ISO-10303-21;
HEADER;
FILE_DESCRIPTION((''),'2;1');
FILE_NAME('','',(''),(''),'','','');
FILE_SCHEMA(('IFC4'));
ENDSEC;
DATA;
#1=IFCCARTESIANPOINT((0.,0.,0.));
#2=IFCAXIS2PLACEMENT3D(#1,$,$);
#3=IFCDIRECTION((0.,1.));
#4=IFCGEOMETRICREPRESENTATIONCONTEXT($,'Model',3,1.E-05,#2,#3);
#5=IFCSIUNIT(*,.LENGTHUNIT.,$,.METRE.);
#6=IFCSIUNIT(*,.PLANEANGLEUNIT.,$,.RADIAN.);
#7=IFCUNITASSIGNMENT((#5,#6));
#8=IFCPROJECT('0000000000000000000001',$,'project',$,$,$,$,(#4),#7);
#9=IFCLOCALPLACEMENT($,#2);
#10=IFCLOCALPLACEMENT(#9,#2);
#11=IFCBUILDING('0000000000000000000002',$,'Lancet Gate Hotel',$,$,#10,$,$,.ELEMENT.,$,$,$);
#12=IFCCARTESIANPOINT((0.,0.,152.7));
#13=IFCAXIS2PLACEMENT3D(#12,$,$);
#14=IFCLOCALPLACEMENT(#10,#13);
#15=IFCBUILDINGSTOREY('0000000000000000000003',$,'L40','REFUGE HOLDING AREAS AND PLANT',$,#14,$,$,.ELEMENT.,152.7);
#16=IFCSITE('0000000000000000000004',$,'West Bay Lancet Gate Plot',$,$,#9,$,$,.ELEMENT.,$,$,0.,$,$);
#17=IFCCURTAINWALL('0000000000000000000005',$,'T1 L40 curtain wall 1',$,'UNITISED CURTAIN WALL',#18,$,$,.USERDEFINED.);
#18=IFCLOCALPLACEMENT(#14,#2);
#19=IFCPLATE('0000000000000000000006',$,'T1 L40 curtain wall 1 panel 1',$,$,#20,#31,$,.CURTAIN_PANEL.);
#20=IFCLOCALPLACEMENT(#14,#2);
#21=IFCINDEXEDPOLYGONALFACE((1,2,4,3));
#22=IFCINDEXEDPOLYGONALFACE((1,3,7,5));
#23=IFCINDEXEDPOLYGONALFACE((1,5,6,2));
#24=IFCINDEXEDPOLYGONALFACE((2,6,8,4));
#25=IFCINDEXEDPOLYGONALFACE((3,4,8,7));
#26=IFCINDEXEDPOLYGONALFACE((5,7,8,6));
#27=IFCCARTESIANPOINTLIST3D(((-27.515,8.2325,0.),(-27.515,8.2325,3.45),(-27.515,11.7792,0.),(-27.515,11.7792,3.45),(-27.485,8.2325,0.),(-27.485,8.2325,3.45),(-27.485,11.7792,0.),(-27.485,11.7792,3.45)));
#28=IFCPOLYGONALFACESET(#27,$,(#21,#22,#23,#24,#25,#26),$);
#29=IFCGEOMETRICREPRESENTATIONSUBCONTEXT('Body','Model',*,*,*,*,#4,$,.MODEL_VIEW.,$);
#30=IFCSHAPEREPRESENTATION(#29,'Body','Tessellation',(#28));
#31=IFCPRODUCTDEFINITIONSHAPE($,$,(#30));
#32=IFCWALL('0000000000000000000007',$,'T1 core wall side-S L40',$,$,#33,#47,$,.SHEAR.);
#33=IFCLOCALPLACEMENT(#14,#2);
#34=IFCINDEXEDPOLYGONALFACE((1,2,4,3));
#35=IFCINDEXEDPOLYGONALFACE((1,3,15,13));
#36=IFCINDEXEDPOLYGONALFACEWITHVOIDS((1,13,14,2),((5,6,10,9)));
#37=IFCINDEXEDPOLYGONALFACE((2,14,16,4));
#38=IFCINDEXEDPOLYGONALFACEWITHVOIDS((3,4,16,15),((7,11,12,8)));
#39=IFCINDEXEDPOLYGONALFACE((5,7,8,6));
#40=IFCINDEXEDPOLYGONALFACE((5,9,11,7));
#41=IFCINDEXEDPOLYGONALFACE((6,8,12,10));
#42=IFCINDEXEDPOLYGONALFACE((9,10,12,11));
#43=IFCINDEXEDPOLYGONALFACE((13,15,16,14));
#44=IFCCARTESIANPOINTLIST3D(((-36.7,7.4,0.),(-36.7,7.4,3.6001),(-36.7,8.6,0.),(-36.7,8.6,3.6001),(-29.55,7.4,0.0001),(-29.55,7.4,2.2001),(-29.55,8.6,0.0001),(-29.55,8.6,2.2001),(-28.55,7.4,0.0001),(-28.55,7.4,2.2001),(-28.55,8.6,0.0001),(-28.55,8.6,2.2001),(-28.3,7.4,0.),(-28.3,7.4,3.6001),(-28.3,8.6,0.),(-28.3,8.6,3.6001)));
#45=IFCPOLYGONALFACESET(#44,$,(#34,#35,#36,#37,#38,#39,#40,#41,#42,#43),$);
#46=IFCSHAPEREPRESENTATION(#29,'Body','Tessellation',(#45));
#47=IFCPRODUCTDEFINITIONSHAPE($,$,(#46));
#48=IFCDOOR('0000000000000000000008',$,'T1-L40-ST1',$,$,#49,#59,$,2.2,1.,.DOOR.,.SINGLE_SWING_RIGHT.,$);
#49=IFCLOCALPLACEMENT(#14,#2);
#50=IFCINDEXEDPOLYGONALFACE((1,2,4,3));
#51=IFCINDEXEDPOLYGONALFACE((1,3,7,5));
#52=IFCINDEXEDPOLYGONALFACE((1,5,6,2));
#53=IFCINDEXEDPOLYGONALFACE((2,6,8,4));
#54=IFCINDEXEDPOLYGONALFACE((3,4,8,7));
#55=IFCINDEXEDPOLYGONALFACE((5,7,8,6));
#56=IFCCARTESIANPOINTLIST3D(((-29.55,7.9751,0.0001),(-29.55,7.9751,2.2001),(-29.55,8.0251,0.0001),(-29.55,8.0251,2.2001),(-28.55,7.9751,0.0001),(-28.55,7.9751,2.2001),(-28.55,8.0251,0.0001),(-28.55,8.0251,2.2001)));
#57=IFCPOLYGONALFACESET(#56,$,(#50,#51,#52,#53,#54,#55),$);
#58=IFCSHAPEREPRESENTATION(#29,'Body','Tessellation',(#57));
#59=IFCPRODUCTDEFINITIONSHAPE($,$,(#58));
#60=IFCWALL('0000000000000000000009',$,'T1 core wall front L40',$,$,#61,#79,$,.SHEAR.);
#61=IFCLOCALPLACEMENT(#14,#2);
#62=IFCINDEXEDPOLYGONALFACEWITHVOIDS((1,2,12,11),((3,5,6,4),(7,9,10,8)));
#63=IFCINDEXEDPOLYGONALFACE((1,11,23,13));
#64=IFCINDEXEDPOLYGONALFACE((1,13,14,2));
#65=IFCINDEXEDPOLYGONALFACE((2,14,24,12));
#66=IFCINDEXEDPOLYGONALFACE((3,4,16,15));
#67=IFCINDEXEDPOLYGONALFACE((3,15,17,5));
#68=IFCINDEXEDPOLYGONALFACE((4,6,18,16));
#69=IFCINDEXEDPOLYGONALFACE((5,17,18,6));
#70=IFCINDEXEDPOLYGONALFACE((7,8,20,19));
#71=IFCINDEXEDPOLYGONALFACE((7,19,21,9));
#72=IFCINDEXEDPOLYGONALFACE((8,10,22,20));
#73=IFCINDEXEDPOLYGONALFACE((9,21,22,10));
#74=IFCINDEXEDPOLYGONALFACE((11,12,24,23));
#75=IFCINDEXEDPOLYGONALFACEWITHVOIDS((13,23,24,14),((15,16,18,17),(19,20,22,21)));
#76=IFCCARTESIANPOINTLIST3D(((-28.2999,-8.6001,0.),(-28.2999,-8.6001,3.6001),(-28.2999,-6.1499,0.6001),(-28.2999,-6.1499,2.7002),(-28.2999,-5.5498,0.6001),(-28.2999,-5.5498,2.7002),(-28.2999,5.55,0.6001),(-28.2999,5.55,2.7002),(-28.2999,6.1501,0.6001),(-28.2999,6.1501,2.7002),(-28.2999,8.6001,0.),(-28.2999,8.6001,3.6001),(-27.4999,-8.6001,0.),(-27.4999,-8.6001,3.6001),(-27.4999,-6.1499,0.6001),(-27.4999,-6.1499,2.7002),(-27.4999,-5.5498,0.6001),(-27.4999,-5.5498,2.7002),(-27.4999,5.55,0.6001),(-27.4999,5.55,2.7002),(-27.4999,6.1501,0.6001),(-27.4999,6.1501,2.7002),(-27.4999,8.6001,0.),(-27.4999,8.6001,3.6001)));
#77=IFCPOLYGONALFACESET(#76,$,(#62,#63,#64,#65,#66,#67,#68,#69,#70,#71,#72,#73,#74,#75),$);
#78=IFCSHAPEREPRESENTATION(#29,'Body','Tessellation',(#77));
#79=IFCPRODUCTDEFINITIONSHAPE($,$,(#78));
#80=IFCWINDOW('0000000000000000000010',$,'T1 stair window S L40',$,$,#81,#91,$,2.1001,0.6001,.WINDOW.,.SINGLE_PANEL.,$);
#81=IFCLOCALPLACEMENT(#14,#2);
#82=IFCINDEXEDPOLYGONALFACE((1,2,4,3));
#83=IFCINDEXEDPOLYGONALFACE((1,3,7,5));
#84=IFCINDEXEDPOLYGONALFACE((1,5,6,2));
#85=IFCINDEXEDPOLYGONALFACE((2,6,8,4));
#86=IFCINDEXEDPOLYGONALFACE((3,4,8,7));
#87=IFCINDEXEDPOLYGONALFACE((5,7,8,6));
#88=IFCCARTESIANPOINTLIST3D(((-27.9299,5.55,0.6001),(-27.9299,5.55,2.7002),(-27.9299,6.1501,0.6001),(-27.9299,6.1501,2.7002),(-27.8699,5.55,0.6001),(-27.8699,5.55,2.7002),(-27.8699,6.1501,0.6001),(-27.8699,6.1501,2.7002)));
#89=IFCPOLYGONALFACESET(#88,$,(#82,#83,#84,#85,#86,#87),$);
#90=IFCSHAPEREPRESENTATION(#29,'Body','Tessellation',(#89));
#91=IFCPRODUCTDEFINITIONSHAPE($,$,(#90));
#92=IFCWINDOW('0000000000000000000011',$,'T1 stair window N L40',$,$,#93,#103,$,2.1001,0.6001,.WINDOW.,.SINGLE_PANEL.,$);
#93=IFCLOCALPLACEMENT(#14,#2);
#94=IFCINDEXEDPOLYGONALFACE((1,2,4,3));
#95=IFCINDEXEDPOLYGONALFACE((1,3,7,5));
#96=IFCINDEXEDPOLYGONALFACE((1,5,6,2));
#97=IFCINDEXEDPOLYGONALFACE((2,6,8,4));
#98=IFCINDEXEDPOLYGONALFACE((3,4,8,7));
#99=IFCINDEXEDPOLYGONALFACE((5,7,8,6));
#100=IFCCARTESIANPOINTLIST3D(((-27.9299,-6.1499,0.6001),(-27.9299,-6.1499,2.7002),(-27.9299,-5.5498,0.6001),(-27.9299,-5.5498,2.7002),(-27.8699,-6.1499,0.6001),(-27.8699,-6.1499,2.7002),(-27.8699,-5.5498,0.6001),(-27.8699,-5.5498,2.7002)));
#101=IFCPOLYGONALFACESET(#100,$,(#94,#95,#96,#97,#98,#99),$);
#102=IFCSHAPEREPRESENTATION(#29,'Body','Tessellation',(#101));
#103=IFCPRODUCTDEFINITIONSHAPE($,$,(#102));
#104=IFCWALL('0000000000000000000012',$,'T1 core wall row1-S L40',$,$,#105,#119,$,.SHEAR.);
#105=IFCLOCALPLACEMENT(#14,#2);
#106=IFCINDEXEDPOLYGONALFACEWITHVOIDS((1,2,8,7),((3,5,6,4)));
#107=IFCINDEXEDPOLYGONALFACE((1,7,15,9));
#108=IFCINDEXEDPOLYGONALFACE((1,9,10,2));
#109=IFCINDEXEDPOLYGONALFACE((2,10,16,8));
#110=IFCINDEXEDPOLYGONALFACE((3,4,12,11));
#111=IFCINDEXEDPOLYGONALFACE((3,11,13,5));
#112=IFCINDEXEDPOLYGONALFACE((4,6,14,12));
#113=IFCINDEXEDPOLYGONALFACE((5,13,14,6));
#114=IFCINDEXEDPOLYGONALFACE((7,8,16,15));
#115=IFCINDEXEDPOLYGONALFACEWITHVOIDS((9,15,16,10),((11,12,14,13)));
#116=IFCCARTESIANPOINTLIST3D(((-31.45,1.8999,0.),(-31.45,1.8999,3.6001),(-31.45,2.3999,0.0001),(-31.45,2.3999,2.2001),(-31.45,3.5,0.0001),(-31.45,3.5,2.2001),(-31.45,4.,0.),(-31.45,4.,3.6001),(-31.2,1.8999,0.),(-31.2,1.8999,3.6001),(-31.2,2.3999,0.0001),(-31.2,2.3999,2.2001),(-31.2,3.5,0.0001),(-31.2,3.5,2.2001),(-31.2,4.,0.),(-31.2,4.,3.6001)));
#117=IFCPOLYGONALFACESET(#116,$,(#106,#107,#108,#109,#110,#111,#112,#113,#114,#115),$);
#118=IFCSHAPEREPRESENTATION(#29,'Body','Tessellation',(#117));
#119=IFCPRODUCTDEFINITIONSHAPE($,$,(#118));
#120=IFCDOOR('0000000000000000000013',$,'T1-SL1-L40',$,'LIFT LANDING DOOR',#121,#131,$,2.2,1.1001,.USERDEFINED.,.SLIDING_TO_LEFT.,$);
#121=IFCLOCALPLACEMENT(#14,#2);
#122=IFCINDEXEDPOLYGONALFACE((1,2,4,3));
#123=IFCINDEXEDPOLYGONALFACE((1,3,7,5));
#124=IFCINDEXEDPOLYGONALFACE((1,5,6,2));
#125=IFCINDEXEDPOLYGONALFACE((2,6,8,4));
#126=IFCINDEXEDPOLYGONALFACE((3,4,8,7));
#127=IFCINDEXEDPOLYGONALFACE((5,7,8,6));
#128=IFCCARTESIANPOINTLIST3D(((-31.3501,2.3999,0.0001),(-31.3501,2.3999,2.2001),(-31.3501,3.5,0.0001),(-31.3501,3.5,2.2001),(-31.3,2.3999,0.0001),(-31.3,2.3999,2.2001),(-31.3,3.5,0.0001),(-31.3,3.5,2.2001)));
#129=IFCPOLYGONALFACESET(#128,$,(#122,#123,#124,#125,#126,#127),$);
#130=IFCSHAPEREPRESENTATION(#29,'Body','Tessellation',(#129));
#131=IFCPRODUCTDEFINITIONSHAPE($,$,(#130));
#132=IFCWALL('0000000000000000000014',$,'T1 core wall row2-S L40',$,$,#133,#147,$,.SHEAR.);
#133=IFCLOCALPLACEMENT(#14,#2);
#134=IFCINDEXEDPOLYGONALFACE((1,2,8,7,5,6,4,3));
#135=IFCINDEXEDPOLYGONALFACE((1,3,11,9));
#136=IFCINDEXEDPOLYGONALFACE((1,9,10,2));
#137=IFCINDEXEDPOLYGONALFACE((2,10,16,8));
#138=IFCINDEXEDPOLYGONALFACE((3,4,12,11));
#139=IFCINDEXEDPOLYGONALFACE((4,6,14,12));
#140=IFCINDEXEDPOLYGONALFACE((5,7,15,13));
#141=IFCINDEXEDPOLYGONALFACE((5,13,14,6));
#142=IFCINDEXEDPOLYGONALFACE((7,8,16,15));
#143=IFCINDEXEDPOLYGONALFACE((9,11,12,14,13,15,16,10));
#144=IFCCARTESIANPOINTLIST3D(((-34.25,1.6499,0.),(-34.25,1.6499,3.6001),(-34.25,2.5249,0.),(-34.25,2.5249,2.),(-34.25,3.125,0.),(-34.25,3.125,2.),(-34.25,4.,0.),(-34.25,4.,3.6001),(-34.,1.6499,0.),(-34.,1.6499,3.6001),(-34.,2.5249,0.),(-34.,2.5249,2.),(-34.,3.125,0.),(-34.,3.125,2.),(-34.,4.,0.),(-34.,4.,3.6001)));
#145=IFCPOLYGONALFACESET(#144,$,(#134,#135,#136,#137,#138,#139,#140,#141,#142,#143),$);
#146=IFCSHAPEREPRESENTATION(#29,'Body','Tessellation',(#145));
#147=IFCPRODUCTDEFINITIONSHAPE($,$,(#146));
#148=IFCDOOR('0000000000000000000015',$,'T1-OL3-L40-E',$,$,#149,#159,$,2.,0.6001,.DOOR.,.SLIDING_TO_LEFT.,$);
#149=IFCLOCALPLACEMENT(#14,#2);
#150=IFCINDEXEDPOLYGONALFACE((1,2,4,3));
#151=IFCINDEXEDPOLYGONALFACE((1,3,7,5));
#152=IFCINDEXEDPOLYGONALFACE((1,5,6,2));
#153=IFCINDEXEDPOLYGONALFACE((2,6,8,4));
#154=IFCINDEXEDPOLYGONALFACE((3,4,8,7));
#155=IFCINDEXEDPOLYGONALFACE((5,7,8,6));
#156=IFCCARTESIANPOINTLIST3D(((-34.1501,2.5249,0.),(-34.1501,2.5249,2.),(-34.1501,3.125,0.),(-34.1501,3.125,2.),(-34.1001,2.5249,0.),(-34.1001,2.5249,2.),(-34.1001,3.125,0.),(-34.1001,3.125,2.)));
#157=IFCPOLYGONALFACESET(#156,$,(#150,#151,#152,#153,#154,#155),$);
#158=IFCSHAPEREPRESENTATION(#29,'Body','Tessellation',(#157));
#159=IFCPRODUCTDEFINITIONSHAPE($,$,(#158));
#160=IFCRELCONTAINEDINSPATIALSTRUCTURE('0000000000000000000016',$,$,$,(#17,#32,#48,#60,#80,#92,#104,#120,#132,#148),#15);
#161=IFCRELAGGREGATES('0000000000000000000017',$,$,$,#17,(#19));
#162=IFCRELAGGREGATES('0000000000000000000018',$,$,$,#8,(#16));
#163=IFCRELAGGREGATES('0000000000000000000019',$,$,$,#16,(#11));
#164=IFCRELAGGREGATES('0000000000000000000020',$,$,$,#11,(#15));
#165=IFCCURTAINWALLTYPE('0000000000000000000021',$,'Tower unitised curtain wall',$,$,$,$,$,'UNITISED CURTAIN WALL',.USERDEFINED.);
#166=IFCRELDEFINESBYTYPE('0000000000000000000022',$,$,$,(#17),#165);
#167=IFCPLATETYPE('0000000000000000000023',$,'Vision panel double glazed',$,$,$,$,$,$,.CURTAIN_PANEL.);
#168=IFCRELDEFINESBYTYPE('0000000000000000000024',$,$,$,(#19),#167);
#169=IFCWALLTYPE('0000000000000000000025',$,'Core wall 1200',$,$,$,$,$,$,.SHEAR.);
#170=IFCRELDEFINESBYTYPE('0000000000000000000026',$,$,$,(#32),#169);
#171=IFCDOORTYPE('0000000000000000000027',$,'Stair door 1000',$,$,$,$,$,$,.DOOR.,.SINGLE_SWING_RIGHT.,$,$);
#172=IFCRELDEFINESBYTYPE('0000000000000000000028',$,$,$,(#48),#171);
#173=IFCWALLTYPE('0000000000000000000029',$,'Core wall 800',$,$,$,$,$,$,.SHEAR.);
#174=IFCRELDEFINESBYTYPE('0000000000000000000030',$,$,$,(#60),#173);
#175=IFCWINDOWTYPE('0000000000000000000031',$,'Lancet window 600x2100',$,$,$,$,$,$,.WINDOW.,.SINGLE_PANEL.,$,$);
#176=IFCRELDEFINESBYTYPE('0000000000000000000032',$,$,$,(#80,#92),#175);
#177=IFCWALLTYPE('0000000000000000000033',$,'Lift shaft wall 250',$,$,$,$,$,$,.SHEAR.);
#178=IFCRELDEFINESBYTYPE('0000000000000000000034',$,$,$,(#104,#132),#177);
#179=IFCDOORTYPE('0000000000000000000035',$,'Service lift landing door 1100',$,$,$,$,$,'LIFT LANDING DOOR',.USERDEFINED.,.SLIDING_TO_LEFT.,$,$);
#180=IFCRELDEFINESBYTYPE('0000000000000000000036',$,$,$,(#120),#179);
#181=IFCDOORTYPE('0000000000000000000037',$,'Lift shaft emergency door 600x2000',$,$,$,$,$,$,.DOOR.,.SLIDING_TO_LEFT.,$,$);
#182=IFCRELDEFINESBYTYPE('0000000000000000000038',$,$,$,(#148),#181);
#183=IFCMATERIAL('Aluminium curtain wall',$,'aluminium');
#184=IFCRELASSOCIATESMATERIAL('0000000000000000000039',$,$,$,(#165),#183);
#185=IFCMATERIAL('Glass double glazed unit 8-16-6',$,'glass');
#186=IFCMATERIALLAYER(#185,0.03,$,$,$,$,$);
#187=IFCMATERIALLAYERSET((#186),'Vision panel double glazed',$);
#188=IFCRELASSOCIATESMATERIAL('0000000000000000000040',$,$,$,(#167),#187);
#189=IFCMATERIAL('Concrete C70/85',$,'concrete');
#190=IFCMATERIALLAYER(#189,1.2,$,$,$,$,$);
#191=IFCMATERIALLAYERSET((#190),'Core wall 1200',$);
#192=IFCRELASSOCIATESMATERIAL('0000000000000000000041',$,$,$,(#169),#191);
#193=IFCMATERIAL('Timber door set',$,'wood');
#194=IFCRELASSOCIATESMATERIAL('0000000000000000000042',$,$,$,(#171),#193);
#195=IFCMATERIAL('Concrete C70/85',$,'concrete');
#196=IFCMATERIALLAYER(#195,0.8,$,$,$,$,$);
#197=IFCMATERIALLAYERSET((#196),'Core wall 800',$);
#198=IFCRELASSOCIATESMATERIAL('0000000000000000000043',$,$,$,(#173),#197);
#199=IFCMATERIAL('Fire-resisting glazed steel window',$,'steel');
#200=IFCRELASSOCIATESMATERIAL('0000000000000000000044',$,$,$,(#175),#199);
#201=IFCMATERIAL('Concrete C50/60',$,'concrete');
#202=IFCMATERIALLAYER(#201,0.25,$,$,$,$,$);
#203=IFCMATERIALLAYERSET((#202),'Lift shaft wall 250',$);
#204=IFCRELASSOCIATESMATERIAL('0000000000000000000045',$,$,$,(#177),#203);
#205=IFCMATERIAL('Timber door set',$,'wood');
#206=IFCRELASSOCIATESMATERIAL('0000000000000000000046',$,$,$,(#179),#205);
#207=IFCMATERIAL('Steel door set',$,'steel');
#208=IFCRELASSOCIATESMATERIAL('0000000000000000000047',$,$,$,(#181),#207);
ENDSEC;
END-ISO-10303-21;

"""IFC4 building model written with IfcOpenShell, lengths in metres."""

from ifc_helpers import new_model, si_unit, direction, frame, frame_2d, origin, origin_2d, place, context, subcontext, project, spatial, rectangle, extrude, material, layer, layer_set, type_object, element, fill, aggregate, save


model = new_model("IFC4")

# Units and contexts
model_context = context("Model", 3, precision=1e-05, world=origin(), true_north=direction((0.0, 1.0)))
body_context = subcontext(model_context, "Body", "Model", "MODEL_VIEW")
ifc_project = project(units=[si_unit("LENGTHUNIT", "METRE"), si_unit("PLANEANGLEUNIT", "RADIAN")], contexts=[model_context])

# Site, building, storey
site_placement = place(None, origin())
site = spatial("IfcSite", under=ifc_project, at=site_placement, Name="West Bay Lancet Gate Plot", CompositionType="ELEMENT", RefElevation=0.0)
building_placement = place(site_placement, origin())
building = spatial("IfcBuilding", under=site, at=building_placement, Name="Lancet Gate Hotel", CompositionType="ELEMENT")
storey_placement = place(building_placement, frame((0.0, 0.0, 152.7)))
storey = spatial("IfcBuildingStorey", under=building, at=storey_placement, Name="L40", Description="REFUGE HOLDING AREAS AND PLANT", CompositionType="ELEMENT", Elevation=152.7)

# Curtain wall
ifc_material_1 = material(Name="Aluminium curtain wall", Category="aluminium")
curtain_wall_type = type_object("IfcCurtainWallType", Name="Tower unitised curtain wall", ElementType="UNITISED CURTAIN WALL", PredefinedType="USERDEFINED", material=ifc_material_1)
curtain_wall_placement = place(storey_placement, origin())
curtain_wall = element("IfcCurtainWall", 1, at=curtain_wall_placement, inside=storey, type_object=curtain_wall_type, Name="T1 L40 curtain wall 1", ObjectType="UNITISED CURTAIN WALL", PredefinedType="USERDEFINED")

# Plate
ifc_material_2 = material(Name="Glass double glazed unit 8-16-6", Category="glass")
ifc_layer_1 = layer(ifc_material_2, 0.03)
ifc_layer_set_1 = layer_set([ifc_layer_1], Name="Vision panel double glazed")
plate_type = type_object("IfcPlateType", Name="Vision panel double glazed", PredefinedType="CURTAIN_PANEL", material=ifc_layer_set_1)
plate_placement = place(storey_placement, frame((-27.5, 10.0059, 0.0), z_axis=(0.0, 0.0, 1.0), x_axis=(0.0, 1.0, 0.0)))
plate = element("IfcPlate", 2, at=plate_placement, type_object=plate_type, Name="T1 L40 curtain wall 1 panel 1", PredefinedType="CURTAIN_PANEL", context=body_context, shape_type="SweptSolid", body=[
    extrude(rectangle(XDim=3.5466, YDim=0.03, at=origin_2d()), origin(), (0.0, 0.0, 1.0), 3.45),
])
aggregate(curtain_wall, [plate])

# Wall, opening, door
ifc_material_3 = material(Name="Concrete C70/85", Category="concrete")
ifc_layer_2 = layer(ifc_material_3, 1.2)
ifc_layer_set_2 = layer_set([ifc_layer_2], Name="Core wall 1200")
wall_type_1 = type_object("IfcWallType", Name="Core wall 1200", PredefinedType="SHEAR", material=ifc_layer_set_2)
wall_1_placement = place(storey_placement, frame((-28.3, 8.0, 0.0), z_axis=(0.0, 0.0, 1.0), x_axis=(-1.0, 0.0, 0.0)))
wall_1 = element("IfcWall", 3, at=wall_1_placement, inside=storey, type_object=wall_type_1, Name="T1 core wall side-S L40", PredefinedType="SHEAR", context=body_context, shape_type="SweptSolid", body=[
    extrude(rectangle(XDim=8.3999, YDim=1.2, at=frame_2d((4.2, 0.0))), origin(), (0.0, 0.0, 1.0), 3.6001),
])
opening_1_placement = place(wall_1_placement, frame((0.25, 0.0, 0.0)))
opening_1 = element("IfcOpeningElement", 4, at=opening_1_placement, cuts=wall_1, PredefinedType="OPENING", context=body_context, shape_type="SweptSolid", body=[
    extrude(rectangle(XDim=1.0, YDim=2.2, at=frame_2d((0.5, 1.1001))), frame((0.0, 0.6099, 0.0), z_axis=(0.0, -1.0, 0.0), x_axis=(1.0, 0.0, 0.0)), (0.0, 0.0, 1.0), 1.22),
])
ifc_material_4 = material(Name="Timber door set", Category="wood")
door_type_1 = type_object("IfcDoorType", Name="Stair door 1000", OperationType="SINGLE_SWING_RIGHT", PredefinedType="DOOR", material=ifc_material_4)
door_1_placement = place(opening_1_placement, origin())
door_1 = element("IfcDoor", 5, at=door_1_placement, inside=storey, type_object=door_type_1, Name="T1-L40-ST1", OperationType="SINGLE_SWING_RIGHT", OverallHeight=2.2, OverallWidth=1.0, PredefinedType="DOOR", context=body_context, shape_type="SweptSolid", body=[
    extrude(rectangle(XDim=1.0, YDim=2.2, at=frame_2d((0.5, 1.1001))), frame((0.0, 0.0249, 0.0), z_axis=(0.0, -1.0, 0.0), x_axis=(1.0, 0.0, 0.0)), (0.0, 0.0, 1.0), 0.05),
])
fill(opening_1, door_1)

# Wall, openings, windows
ifc_material_5 = material(Name="Concrete C70/85", Category="concrete")
ifc_layer_3 = layer(ifc_material_5, 0.8)
ifc_layer_set_3 = layer_set([ifc_layer_3], Name="Core wall 800")
wall_type_2 = type_object("IfcWallType", Name="Core wall 800", PredefinedType="SHEAR", material=ifc_layer_set_3)
wall_2_placement = place(storey_placement, frame((-27.8999, 8.6001, 0.0), z_axis=(0.0, 0.0, 1.0), x_axis=(0.0, -1.0, 0.0)))
wall_2 = element("IfcWall", 6, at=wall_2_placement, inside=storey, type_object=wall_type_2, Name="T1 core wall front L40", PredefinedType="SHEAR", context=body_context, shape_type="SweptSolid", body=[
    extrude(rectangle(XDim=17.2002, YDim=0.8, at=frame_2d((8.6001, 0.0))), origin(), (0.0, 0.0, 1.0), 3.6001),
])
opening_2_placement = place(wall_2_placement, frame((2.45, 0.0, 0.6001)))
opening_2 = element("IfcOpeningElement", 7, at=opening_2_placement, cuts=wall_2, PredefinedType="OPENING", context=body_context, shape_type="SweptSolid", body=[
    extrude(rectangle(XDim=0.6001, YDim=2.1001, at=frame_2d((0.3, 1.05))), frame((0.0, 0.4099, 0.0), z_axis=(0.0, -1.0, 0.0), x_axis=(1.0, 0.0, 0.0)), (0.0, 0.0, 1.0), 0.8201),
])
opening_3_placement = place(wall_2_placement, frame((14.1499, 0.0, 0.6001)))
opening_3 = element("IfcOpeningElement", 8, at=opening_3_placement, cuts=wall_2, PredefinedType="OPENING", context=body_context, shape_type="SweptSolid", body=[
    extrude(rectangle(XDim=0.6001, YDim=2.1001, at=frame_2d((0.3, 1.05))), frame((0.0, 0.4099, 0.0), z_axis=(0.0, -1.0, 0.0), x_axis=(1.0, 0.0, 0.0)), (0.0, 0.0, 1.0), 0.8201),
])
ifc_material_6 = material(Name="Fire-resisting glazed steel window", Category="steel")
window_type = type_object("IfcWindowType", Name="Lancet window 600x2100", PartitioningType="SINGLE_PANEL", PredefinedType="WINDOW", material=ifc_material_6)
window_1_placement = place(opening_2_placement, origin())
window_1 = element("IfcWindow", 9, at=window_1_placement, inside=storey, type_object=window_type, Name="T1 stair window S L40", OverallHeight=2.1001, OverallWidth=0.6001, PartitioningType="SINGLE_PANEL", PredefinedType="WINDOW", context=body_context, shape_type="SweptSolid", body=[
    extrude(rectangle(XDim=0.6001, YDim=2.1001, at=frame_2d((0.3, 1.05))), frame((0.0, 0.03, 0.0), z_axis=(0.0, -1.0, 0.0), x_axis=(1.0, 0.0, 0.0)), (0.0, 0.0, 1.0), 0.0601),
])
fill(opening_2, window_1)
window_2_placement = place(opening_3_placement, origin())
window_2 = element("IfcWindow", 10, at=window_2_placement, inside=storey, type_object=window_type, Name="T1 stair window N L40", OverallHeight=2.1001, OverallWidth=0.6001, PartitioningType="SINGLE_PANEL", PredefinedType="WINDOW", context=body_context, shape_type="SweptSolid", body=[
    extrude(rectangle(XDim=0.6001, YDim=2.1001, at=frame_2d((0.3, 1.05))), frame((0.0, 0.03, 0.0), z_axis=(0.0, -1.0, 0.0), x_axis=(1.0, 0.0, 0.0)), (0.0, 0.0, 1.0), 0.0601),
])
fill(opening_3, window_2)

# Walls, openings, doors
ifc_material_7 = material(Name="Concrete C50/60", Category="concrete")
ifc_layer_4 = layer(ifc_material_7, 0.25)
ifc_layer_set_4 = layer_set([ifc_layer_4], Name="Lift shaft wall 250")
wall_type_3 = type_object("IfcWallType", Name="Lift shaft wall 250", PredefinedType="SHEAR", material=ifc_layer_set_4)
wall_3_placement = place(storey_placement, frame((-31.325, 4.0, 0.0), z_axis=(0.0, 0.0, 1.0), x_axis=(0.0, -1.0, 0.0)))
wall_3 = element("IfcWall", 11, at=wall_3_placement, inside=storey, type_object=wall_type_3, Name="T1 core wall row1-S L40", PredefinedType="SHEAR", context=body_context, shape_type="SweptSolid", body=[
    extrude(rectangle(XDim=2.1001, YDim=0.25, at=frame_2d((1.05, 0.0))), origin(), (0.0, 0.0, 1.0), 3.6001),
])
opening_4_placement = place(wall_3_placement, frame((0.5, 0.0, 0.0)))
opening_4 = element("IfcOpeningElement", 12, at=opening_4_placement, cuts=wall_3, PredefinedType="OPENING", context=body_context, shape_type="SweptSolid", body=[
    extrude(rectangle(XDim=1.1001, YDim=2.2, at=frame_2d((0.55, 1.1001))), frame((0.0, 0.135, 0.0), z_axis=(0.0, -1.0, 0.0), x_axis=(1.0, 0.0, 0.0)), (0.0, 0.0, 1.0), 0.27),
])
ifc_material_8 = material(Name="Timber door set", Category="wood")
door_type_2 = type_object("IfcDoorType", Name="Service lift landing door 1100", ElementType="LIFT LANDING DOOR", OperationType="SLIDING_TO_LEFT", PredefinedType="USERDEFINED", material=ifc_material_8)
door_2_placement = place(opening_4_placement, origin())
door_2 = element("IfcDoor", 13, at=door_2_placement, inside=storey, type_object=door_type_2, Name="T1-SL1-L40", ObjectType="LIFT LANDING DOOR", OperationType="SLIDING_TO_LEFT", OverallHeight=2.2, OverallWidth=1.1001, PredefinedType="USERDEFINED", context=body_context, shape_type="SweptSolid", body=[
    extrude(rectangle(XDim=1.1001, YDim=2.2, at=frame_2d((0.55, 1.1001))), frame((0.0, 0.0249, 0.0), z_axis=(0.0, -1.0, 0.0), x_axis=(1.0, 0.0, 0.0)), (0.0, 0.0, 1.0), 0.05),
])
fill(opening_4, door_2)
wall_4_placement = place(storey_placement, frame((-34.125, 4.0, 0.0), z_axis=(0.0, 0.0, 1.0), x_axis=(0.0, -1.0, 0.0)))
wall_4 = element("IfcWall", 14, at=wall_4_placement, inside=storey, type_object=wall_type_3, Name="T1 core wall row2-S L40", PredefinedType="SHEAR", context=body_context, shape_type="SweptSolid", body=[
    extrude(rectangle(XDim=2.3501, YDim=0.25, at=frame_2d((1.175, 0.0))), origin(), (0.0, 0.0, 1.0), 3.6001),
])
opening_5_placement = place(wall_4_placement, frame((0.875, 0.0, 0.0)))
opening_5 = element("IfcOpeningElement", 15, at=opening_5_placement, cuts=wall_4, PredefinedType="OPENING", context=body_context, shape_type="SweptSolid", body=[
    extrude(rectangle(XDim=0.6001, YDim=2.0, at=frame_2d((0.3, 1.0))), frame((0.0, 0.135, 0.0), z_axis=(0.0, -1.0, 0.0), x_axis=(1.0, 0.0, 0.0)), (0.0, 0.0, 1.0), 0.27),
])
ifc_material_9 = material(Name="Steel door set", Category="steel")
door_type_3 = type_object("IfcDoorType", Name="Lift shaft emergency door 600x2000", OperationType="SLIDING_TO_LEFT", PredefinedType="DOOR", material=ifc_material_9)
door_3_placement = place(opening_5_placement, origin())
door_3 = element("IfcDoor", 16, at=door_3_placement, inside=storey, type_object=door_type_3, Name="T1-OL3-L40-E", OperationType="SLIDING_TO_LEFT", OverallHeight=2.0, OverallWidth=0.6001, PredefinedType="DOOR", context=body_context, shape_type="SweptSolid", body=[
    extrude(rectangle(XDim=0.6001, YDim=2.0, at=frame_2d((0.3, 1.0))), frame((0.0, 0.0249, 0.0), z_axis=(0.0, -1.0, 0.0), x_axis=(1.0, 0.0, 0.0)), (0.0, 0.0, 1.0), 0.05),
])
fill(opening_5, door_3)

save(model, "model.ifc")
